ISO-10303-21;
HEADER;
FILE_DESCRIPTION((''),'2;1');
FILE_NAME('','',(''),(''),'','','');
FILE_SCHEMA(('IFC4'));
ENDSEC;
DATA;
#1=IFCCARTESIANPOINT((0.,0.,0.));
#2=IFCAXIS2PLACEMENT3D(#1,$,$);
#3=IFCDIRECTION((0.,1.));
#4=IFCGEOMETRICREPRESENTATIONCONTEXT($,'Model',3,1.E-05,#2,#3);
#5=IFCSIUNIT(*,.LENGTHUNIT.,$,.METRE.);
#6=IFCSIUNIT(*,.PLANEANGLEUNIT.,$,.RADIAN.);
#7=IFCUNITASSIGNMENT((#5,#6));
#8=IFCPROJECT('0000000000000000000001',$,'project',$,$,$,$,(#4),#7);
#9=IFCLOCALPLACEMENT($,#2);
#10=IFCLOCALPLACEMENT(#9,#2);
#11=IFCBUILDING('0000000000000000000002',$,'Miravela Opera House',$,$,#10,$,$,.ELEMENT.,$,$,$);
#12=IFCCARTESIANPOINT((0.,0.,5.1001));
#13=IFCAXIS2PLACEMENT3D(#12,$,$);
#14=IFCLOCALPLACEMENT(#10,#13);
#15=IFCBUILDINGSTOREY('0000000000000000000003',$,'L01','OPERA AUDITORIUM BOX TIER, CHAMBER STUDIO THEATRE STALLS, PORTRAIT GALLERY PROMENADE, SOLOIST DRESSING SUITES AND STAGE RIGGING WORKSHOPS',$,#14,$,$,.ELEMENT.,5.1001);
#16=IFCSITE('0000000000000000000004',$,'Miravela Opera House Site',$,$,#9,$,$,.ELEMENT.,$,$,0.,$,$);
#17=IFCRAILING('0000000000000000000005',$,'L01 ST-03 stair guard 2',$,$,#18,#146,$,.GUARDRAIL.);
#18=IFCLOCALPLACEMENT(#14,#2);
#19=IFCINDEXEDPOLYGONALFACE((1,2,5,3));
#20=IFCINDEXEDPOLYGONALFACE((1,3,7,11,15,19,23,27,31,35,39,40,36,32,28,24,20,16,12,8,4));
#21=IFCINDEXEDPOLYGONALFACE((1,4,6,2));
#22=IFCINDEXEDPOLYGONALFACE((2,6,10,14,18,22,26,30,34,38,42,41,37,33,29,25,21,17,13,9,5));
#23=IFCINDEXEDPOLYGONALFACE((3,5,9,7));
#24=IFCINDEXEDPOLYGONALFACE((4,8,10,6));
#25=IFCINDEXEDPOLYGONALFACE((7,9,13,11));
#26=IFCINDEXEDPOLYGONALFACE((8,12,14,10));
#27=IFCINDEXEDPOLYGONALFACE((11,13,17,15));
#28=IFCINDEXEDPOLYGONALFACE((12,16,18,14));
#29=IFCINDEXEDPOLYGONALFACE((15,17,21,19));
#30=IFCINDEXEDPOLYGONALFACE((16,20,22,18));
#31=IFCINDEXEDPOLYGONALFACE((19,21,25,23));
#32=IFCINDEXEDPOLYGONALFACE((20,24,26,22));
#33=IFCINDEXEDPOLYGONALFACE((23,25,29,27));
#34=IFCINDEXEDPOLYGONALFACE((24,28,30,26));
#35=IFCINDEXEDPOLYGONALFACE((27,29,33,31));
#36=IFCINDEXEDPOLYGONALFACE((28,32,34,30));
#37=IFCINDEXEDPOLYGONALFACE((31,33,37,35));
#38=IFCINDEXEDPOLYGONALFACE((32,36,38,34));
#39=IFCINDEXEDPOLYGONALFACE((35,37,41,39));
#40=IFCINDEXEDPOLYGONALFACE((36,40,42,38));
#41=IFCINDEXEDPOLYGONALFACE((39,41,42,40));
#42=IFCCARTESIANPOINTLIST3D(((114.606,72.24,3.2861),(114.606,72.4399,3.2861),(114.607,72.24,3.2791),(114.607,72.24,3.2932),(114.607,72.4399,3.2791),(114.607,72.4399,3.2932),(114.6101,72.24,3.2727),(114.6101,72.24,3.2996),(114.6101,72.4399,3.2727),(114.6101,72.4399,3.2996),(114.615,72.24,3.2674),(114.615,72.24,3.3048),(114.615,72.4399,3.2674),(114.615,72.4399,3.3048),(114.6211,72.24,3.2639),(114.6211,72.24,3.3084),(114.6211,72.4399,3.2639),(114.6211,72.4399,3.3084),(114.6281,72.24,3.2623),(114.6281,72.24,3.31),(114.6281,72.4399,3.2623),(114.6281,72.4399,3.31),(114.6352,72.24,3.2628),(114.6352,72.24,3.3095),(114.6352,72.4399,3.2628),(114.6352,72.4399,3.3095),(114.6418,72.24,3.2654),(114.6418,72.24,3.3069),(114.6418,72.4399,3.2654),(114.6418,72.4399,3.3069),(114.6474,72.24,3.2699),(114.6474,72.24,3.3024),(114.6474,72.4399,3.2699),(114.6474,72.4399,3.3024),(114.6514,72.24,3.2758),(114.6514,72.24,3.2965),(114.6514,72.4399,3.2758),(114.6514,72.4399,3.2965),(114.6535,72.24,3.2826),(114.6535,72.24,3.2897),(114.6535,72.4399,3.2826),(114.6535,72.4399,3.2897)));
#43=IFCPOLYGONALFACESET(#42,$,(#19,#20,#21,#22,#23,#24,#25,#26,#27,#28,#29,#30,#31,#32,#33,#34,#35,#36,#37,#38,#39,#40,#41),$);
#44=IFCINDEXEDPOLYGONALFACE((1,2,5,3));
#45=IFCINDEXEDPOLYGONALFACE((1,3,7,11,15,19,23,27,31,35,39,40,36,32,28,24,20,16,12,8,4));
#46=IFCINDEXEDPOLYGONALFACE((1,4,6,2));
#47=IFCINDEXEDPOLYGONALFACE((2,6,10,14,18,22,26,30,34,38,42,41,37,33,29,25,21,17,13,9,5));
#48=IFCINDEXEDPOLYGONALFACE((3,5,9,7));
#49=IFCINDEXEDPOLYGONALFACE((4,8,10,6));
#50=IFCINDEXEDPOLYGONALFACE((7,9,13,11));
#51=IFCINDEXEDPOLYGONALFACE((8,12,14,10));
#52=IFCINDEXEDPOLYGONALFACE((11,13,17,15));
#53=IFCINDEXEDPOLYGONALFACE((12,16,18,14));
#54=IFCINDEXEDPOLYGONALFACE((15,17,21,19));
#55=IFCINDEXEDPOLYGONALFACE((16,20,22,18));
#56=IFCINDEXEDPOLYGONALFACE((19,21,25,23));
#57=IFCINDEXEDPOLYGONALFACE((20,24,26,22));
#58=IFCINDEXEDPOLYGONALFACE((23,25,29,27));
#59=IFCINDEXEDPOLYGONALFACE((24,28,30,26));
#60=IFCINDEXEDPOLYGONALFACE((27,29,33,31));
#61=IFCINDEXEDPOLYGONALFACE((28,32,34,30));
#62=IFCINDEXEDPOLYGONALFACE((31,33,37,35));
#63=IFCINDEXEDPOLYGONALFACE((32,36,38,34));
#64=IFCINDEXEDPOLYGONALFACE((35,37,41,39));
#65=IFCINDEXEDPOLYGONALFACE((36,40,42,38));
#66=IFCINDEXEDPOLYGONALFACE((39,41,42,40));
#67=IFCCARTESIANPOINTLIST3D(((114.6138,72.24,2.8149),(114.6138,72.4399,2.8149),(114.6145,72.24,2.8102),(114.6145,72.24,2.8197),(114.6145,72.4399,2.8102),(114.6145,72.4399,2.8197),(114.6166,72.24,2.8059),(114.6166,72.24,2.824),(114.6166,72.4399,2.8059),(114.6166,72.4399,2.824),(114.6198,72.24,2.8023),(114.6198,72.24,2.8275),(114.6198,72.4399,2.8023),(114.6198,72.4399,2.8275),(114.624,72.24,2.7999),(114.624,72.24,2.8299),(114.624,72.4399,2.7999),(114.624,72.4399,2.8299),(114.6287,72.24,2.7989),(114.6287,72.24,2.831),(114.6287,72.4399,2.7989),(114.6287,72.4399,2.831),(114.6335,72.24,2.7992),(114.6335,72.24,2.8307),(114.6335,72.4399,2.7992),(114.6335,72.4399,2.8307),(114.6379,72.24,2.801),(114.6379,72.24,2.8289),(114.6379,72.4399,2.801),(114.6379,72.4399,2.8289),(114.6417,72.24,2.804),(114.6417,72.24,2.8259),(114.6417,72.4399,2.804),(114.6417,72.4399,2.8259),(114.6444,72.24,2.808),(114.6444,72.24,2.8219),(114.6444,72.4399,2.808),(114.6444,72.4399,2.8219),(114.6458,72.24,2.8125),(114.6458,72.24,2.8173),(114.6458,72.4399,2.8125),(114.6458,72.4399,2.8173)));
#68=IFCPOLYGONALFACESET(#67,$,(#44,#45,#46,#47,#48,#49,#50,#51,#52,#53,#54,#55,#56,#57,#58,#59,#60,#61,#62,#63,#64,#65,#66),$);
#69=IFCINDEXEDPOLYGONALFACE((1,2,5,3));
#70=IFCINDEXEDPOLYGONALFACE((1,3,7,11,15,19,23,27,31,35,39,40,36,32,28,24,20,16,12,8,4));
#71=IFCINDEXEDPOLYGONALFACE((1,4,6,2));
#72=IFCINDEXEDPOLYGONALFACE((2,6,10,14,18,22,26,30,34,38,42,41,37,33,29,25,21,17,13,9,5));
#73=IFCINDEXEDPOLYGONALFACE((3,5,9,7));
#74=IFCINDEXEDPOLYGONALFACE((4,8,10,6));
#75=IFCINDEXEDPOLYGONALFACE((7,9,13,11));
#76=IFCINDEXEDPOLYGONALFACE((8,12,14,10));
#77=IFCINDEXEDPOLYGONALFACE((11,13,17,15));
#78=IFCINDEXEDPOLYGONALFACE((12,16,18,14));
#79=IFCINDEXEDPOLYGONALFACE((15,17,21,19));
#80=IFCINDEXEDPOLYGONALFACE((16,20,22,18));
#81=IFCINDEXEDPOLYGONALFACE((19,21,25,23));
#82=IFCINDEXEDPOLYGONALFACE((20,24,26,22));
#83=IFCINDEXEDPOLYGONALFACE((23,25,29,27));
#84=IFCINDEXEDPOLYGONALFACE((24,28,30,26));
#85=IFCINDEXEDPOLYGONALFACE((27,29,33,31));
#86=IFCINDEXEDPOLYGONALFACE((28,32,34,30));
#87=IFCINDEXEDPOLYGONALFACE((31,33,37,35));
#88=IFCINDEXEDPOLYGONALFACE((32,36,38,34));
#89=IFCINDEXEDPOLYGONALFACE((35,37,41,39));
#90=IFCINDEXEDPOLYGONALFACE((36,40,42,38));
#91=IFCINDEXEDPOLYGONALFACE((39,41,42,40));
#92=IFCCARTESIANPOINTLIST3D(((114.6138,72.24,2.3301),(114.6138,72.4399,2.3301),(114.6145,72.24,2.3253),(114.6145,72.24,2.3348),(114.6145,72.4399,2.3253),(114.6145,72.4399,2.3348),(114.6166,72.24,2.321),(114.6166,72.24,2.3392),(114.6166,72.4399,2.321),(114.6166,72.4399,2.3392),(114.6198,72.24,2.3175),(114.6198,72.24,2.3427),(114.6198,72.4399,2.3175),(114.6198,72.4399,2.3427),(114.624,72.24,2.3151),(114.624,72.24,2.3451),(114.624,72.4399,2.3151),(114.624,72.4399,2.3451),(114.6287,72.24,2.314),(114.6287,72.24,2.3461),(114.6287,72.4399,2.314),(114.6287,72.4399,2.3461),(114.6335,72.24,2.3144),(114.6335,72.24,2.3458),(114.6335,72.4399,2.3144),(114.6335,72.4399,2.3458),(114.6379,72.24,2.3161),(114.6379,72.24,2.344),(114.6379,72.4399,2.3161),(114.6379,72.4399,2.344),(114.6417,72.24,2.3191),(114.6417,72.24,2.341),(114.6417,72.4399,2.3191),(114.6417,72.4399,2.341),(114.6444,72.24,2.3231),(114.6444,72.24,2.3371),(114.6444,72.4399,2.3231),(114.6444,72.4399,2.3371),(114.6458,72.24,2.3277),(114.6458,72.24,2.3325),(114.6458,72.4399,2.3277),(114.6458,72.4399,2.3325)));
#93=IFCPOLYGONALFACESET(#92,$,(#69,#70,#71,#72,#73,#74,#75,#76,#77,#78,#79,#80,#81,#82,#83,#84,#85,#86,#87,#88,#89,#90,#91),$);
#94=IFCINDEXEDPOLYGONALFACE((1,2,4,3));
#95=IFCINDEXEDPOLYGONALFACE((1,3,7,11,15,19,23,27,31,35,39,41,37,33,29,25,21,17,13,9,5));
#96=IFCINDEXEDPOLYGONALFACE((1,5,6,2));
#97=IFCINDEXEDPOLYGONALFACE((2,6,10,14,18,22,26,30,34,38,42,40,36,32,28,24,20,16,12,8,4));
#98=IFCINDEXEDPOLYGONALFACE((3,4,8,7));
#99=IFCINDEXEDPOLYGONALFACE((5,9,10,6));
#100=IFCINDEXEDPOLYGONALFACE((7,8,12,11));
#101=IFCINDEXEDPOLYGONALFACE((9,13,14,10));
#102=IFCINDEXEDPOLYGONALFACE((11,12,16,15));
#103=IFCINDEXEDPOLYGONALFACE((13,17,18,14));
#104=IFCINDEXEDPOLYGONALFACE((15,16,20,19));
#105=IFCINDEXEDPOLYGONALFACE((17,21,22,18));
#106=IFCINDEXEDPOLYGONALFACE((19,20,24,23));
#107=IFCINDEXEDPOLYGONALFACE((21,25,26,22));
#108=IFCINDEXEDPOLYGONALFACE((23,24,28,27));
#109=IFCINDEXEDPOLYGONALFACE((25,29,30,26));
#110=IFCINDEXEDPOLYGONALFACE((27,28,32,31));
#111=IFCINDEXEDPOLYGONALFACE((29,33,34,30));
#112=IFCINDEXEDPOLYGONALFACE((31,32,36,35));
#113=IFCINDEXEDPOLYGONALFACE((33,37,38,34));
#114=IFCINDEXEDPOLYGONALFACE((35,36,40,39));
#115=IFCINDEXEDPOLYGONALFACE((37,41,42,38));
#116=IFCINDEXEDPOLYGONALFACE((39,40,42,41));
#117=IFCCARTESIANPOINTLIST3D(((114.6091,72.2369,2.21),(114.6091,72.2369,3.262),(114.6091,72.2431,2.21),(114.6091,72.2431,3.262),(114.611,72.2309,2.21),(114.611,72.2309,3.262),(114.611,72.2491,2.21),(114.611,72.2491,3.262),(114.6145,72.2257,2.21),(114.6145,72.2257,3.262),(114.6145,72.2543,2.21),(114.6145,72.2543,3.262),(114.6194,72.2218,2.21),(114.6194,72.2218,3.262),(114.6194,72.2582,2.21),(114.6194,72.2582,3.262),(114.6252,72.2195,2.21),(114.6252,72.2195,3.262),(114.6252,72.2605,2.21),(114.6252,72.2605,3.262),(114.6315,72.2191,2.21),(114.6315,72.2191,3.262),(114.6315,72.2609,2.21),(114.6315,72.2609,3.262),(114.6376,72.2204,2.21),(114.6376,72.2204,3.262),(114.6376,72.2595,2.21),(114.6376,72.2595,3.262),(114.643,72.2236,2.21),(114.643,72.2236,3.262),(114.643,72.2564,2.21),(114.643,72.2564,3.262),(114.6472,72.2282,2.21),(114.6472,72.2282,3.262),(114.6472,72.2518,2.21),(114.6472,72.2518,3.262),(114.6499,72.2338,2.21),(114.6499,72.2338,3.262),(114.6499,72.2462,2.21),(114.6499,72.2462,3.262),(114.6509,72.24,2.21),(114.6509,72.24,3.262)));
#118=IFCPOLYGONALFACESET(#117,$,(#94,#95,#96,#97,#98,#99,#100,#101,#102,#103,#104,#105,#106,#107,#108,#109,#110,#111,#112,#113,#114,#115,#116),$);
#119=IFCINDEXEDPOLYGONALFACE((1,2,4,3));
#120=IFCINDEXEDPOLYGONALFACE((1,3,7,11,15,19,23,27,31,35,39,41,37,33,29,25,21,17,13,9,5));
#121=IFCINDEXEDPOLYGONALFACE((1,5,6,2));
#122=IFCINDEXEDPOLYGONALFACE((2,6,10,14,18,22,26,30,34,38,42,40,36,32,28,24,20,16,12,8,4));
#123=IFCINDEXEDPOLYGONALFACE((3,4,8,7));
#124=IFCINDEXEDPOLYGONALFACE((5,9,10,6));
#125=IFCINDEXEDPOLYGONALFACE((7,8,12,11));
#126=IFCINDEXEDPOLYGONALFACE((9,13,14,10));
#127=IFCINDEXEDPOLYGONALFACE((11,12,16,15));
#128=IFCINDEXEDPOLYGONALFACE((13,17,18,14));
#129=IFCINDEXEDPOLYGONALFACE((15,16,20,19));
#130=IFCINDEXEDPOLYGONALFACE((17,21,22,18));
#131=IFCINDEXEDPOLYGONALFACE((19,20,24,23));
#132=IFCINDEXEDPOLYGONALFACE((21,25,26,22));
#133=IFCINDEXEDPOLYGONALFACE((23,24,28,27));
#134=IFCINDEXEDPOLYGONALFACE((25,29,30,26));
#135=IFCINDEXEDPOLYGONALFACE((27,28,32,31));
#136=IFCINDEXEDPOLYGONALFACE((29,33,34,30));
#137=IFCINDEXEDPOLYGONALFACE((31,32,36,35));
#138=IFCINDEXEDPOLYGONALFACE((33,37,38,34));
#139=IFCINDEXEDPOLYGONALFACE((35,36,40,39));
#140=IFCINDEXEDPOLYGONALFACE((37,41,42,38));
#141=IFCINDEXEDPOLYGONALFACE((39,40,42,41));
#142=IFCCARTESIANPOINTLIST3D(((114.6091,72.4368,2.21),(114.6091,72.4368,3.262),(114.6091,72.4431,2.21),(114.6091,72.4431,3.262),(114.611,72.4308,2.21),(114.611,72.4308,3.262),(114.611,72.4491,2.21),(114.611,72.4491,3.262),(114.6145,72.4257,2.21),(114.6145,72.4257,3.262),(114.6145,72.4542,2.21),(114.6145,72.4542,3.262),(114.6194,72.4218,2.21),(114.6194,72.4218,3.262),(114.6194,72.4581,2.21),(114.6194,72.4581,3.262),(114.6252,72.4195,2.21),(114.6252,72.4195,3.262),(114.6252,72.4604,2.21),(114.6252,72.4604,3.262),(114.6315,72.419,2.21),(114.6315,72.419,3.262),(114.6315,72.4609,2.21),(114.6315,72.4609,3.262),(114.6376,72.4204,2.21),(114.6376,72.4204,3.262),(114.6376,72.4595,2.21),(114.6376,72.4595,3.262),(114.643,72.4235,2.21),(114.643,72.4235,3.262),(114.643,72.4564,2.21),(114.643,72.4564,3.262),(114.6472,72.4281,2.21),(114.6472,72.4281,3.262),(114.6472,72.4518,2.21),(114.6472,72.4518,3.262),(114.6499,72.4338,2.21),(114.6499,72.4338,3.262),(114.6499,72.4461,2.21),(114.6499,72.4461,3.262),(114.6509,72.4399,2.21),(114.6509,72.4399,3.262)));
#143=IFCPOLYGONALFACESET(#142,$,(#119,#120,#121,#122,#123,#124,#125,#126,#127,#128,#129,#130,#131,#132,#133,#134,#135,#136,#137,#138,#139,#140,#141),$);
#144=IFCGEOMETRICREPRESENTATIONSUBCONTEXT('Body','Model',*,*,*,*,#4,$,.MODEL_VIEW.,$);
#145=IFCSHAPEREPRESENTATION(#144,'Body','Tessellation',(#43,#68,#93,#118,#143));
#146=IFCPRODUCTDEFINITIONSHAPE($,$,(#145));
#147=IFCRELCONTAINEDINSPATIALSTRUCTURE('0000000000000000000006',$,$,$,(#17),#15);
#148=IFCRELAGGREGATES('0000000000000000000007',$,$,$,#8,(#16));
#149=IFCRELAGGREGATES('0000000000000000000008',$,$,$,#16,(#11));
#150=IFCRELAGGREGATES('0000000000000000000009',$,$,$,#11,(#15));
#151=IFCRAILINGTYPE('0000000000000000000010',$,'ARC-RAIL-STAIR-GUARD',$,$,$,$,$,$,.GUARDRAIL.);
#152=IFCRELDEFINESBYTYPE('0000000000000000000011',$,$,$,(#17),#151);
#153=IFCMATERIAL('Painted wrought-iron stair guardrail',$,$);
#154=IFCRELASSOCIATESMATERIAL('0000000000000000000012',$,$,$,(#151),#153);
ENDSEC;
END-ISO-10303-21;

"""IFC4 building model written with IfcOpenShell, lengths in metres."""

from ifc_helpers import new_model, si_unit, direction, frame, origin, origin_2d, place, context, subcontext, project, spatial, circle, extrude, material, type_object, element, save


model = new_model("IFC4")

# Units and contexts
model_context = context("Model", 3, precision=1e-05, world=origin(), true_north=direction((0.0, 1.0)))
body_context = subcontext(model_context, "Body", "Model", "MODEL_VIEW")
ifc_project = project(units=[si_unit("LENGTHUNIT", "METRE"), si_unit("PLANEANGLEUNIT", "RADIAN")], contexts=[model_context])

# Site, building, storey
site_placement = place(None, origin())
site = spatial("IfcSite", under=ifc_project, at=site_placement, Name="Miravela Opera House Site", CompositionType="ELEMENT", RefElevation=0.0)
building_placement = place(site_placement, origin())
building = spatial("IfcBuilding", under=site, at=building_placement, Name="Miravela Opera House", CompositionType="ELEMENT")
storey_placement = place(building_placement, frame((0.0, 0.0, 5.1001)))
storey = spatial("IfcBuildingStorey", under=building, at=storey_placement, Name="L01", Description="OPERA AUDITORIUM BOX TIER, CHAMBER STUDIO THEATRE STALLS, PORTRAIT GALLERY PROMENADE, SOLOIST DRESSING SUITES AND STAGE RIGGING WORKSHOPS", CompositionType="ELEMENT", Elevation=5.1001)

# Railing
ifc_material_1 = material(Name="Painted wrought-iron stair guardrail")
railing_type_1 = type_object("IfcRailingType", Name="ARC-RAIL-STAIR-GUARD", PredefinedType="GUARDRAIL", material=ifc_material_1)
for number, where, name in (
    (1, (114.6299, 72.24, 2.21), "L01 ST-03 stair guard 2"),
):
    element("IfcRailing", number, at=place(storey_placement, frame(where)), inside=storey, type_object=railing_type_1, Name=name, PredefinedType="GUARDRAIL", context=body_context, shape_type="SweptSolid", body=[
        extrude(circle(Radius=0.0239, at=origin_2d()), frame((0.0, 0.0, 1.0762), z_axis=(0.0, 1.0, 0.0), x_axis=(-1.0, 0.0, 0.0)), (0.0, 0.0, 1.0), 0.2),
        extrude(circle(Radius=0.0161, at=origin_2d()), frame((0.0, 0.0, 0.605), z_axis=(0.0, 1.0, 0.0), x_axis=(-1.0, 0.0, 0.0)), (0.0, 0.0, 1.0), 0.2),
        extrude(circle(Radius=0.0161, at=origin_2d()), frame((0.0, 0.0, 0.1201), z_axis=(0.0, 1.0, 0.0), x_axis=(-1.0, 0.0, 0.0)), (0.0, 0.0, 1.0), 0.2),
        extrude(circle(Radius=0.021, at=origin_2d()), origin(), (0.0, 0.0, 1.0), 1.052),
        extrude(circle(Radius=0.021, at=origin_2d()), frame((0.0, 0.2, 0.0)), (0.0, 0.0, 1.0), 1.052),
    ])

save(model, "model.ifc")
